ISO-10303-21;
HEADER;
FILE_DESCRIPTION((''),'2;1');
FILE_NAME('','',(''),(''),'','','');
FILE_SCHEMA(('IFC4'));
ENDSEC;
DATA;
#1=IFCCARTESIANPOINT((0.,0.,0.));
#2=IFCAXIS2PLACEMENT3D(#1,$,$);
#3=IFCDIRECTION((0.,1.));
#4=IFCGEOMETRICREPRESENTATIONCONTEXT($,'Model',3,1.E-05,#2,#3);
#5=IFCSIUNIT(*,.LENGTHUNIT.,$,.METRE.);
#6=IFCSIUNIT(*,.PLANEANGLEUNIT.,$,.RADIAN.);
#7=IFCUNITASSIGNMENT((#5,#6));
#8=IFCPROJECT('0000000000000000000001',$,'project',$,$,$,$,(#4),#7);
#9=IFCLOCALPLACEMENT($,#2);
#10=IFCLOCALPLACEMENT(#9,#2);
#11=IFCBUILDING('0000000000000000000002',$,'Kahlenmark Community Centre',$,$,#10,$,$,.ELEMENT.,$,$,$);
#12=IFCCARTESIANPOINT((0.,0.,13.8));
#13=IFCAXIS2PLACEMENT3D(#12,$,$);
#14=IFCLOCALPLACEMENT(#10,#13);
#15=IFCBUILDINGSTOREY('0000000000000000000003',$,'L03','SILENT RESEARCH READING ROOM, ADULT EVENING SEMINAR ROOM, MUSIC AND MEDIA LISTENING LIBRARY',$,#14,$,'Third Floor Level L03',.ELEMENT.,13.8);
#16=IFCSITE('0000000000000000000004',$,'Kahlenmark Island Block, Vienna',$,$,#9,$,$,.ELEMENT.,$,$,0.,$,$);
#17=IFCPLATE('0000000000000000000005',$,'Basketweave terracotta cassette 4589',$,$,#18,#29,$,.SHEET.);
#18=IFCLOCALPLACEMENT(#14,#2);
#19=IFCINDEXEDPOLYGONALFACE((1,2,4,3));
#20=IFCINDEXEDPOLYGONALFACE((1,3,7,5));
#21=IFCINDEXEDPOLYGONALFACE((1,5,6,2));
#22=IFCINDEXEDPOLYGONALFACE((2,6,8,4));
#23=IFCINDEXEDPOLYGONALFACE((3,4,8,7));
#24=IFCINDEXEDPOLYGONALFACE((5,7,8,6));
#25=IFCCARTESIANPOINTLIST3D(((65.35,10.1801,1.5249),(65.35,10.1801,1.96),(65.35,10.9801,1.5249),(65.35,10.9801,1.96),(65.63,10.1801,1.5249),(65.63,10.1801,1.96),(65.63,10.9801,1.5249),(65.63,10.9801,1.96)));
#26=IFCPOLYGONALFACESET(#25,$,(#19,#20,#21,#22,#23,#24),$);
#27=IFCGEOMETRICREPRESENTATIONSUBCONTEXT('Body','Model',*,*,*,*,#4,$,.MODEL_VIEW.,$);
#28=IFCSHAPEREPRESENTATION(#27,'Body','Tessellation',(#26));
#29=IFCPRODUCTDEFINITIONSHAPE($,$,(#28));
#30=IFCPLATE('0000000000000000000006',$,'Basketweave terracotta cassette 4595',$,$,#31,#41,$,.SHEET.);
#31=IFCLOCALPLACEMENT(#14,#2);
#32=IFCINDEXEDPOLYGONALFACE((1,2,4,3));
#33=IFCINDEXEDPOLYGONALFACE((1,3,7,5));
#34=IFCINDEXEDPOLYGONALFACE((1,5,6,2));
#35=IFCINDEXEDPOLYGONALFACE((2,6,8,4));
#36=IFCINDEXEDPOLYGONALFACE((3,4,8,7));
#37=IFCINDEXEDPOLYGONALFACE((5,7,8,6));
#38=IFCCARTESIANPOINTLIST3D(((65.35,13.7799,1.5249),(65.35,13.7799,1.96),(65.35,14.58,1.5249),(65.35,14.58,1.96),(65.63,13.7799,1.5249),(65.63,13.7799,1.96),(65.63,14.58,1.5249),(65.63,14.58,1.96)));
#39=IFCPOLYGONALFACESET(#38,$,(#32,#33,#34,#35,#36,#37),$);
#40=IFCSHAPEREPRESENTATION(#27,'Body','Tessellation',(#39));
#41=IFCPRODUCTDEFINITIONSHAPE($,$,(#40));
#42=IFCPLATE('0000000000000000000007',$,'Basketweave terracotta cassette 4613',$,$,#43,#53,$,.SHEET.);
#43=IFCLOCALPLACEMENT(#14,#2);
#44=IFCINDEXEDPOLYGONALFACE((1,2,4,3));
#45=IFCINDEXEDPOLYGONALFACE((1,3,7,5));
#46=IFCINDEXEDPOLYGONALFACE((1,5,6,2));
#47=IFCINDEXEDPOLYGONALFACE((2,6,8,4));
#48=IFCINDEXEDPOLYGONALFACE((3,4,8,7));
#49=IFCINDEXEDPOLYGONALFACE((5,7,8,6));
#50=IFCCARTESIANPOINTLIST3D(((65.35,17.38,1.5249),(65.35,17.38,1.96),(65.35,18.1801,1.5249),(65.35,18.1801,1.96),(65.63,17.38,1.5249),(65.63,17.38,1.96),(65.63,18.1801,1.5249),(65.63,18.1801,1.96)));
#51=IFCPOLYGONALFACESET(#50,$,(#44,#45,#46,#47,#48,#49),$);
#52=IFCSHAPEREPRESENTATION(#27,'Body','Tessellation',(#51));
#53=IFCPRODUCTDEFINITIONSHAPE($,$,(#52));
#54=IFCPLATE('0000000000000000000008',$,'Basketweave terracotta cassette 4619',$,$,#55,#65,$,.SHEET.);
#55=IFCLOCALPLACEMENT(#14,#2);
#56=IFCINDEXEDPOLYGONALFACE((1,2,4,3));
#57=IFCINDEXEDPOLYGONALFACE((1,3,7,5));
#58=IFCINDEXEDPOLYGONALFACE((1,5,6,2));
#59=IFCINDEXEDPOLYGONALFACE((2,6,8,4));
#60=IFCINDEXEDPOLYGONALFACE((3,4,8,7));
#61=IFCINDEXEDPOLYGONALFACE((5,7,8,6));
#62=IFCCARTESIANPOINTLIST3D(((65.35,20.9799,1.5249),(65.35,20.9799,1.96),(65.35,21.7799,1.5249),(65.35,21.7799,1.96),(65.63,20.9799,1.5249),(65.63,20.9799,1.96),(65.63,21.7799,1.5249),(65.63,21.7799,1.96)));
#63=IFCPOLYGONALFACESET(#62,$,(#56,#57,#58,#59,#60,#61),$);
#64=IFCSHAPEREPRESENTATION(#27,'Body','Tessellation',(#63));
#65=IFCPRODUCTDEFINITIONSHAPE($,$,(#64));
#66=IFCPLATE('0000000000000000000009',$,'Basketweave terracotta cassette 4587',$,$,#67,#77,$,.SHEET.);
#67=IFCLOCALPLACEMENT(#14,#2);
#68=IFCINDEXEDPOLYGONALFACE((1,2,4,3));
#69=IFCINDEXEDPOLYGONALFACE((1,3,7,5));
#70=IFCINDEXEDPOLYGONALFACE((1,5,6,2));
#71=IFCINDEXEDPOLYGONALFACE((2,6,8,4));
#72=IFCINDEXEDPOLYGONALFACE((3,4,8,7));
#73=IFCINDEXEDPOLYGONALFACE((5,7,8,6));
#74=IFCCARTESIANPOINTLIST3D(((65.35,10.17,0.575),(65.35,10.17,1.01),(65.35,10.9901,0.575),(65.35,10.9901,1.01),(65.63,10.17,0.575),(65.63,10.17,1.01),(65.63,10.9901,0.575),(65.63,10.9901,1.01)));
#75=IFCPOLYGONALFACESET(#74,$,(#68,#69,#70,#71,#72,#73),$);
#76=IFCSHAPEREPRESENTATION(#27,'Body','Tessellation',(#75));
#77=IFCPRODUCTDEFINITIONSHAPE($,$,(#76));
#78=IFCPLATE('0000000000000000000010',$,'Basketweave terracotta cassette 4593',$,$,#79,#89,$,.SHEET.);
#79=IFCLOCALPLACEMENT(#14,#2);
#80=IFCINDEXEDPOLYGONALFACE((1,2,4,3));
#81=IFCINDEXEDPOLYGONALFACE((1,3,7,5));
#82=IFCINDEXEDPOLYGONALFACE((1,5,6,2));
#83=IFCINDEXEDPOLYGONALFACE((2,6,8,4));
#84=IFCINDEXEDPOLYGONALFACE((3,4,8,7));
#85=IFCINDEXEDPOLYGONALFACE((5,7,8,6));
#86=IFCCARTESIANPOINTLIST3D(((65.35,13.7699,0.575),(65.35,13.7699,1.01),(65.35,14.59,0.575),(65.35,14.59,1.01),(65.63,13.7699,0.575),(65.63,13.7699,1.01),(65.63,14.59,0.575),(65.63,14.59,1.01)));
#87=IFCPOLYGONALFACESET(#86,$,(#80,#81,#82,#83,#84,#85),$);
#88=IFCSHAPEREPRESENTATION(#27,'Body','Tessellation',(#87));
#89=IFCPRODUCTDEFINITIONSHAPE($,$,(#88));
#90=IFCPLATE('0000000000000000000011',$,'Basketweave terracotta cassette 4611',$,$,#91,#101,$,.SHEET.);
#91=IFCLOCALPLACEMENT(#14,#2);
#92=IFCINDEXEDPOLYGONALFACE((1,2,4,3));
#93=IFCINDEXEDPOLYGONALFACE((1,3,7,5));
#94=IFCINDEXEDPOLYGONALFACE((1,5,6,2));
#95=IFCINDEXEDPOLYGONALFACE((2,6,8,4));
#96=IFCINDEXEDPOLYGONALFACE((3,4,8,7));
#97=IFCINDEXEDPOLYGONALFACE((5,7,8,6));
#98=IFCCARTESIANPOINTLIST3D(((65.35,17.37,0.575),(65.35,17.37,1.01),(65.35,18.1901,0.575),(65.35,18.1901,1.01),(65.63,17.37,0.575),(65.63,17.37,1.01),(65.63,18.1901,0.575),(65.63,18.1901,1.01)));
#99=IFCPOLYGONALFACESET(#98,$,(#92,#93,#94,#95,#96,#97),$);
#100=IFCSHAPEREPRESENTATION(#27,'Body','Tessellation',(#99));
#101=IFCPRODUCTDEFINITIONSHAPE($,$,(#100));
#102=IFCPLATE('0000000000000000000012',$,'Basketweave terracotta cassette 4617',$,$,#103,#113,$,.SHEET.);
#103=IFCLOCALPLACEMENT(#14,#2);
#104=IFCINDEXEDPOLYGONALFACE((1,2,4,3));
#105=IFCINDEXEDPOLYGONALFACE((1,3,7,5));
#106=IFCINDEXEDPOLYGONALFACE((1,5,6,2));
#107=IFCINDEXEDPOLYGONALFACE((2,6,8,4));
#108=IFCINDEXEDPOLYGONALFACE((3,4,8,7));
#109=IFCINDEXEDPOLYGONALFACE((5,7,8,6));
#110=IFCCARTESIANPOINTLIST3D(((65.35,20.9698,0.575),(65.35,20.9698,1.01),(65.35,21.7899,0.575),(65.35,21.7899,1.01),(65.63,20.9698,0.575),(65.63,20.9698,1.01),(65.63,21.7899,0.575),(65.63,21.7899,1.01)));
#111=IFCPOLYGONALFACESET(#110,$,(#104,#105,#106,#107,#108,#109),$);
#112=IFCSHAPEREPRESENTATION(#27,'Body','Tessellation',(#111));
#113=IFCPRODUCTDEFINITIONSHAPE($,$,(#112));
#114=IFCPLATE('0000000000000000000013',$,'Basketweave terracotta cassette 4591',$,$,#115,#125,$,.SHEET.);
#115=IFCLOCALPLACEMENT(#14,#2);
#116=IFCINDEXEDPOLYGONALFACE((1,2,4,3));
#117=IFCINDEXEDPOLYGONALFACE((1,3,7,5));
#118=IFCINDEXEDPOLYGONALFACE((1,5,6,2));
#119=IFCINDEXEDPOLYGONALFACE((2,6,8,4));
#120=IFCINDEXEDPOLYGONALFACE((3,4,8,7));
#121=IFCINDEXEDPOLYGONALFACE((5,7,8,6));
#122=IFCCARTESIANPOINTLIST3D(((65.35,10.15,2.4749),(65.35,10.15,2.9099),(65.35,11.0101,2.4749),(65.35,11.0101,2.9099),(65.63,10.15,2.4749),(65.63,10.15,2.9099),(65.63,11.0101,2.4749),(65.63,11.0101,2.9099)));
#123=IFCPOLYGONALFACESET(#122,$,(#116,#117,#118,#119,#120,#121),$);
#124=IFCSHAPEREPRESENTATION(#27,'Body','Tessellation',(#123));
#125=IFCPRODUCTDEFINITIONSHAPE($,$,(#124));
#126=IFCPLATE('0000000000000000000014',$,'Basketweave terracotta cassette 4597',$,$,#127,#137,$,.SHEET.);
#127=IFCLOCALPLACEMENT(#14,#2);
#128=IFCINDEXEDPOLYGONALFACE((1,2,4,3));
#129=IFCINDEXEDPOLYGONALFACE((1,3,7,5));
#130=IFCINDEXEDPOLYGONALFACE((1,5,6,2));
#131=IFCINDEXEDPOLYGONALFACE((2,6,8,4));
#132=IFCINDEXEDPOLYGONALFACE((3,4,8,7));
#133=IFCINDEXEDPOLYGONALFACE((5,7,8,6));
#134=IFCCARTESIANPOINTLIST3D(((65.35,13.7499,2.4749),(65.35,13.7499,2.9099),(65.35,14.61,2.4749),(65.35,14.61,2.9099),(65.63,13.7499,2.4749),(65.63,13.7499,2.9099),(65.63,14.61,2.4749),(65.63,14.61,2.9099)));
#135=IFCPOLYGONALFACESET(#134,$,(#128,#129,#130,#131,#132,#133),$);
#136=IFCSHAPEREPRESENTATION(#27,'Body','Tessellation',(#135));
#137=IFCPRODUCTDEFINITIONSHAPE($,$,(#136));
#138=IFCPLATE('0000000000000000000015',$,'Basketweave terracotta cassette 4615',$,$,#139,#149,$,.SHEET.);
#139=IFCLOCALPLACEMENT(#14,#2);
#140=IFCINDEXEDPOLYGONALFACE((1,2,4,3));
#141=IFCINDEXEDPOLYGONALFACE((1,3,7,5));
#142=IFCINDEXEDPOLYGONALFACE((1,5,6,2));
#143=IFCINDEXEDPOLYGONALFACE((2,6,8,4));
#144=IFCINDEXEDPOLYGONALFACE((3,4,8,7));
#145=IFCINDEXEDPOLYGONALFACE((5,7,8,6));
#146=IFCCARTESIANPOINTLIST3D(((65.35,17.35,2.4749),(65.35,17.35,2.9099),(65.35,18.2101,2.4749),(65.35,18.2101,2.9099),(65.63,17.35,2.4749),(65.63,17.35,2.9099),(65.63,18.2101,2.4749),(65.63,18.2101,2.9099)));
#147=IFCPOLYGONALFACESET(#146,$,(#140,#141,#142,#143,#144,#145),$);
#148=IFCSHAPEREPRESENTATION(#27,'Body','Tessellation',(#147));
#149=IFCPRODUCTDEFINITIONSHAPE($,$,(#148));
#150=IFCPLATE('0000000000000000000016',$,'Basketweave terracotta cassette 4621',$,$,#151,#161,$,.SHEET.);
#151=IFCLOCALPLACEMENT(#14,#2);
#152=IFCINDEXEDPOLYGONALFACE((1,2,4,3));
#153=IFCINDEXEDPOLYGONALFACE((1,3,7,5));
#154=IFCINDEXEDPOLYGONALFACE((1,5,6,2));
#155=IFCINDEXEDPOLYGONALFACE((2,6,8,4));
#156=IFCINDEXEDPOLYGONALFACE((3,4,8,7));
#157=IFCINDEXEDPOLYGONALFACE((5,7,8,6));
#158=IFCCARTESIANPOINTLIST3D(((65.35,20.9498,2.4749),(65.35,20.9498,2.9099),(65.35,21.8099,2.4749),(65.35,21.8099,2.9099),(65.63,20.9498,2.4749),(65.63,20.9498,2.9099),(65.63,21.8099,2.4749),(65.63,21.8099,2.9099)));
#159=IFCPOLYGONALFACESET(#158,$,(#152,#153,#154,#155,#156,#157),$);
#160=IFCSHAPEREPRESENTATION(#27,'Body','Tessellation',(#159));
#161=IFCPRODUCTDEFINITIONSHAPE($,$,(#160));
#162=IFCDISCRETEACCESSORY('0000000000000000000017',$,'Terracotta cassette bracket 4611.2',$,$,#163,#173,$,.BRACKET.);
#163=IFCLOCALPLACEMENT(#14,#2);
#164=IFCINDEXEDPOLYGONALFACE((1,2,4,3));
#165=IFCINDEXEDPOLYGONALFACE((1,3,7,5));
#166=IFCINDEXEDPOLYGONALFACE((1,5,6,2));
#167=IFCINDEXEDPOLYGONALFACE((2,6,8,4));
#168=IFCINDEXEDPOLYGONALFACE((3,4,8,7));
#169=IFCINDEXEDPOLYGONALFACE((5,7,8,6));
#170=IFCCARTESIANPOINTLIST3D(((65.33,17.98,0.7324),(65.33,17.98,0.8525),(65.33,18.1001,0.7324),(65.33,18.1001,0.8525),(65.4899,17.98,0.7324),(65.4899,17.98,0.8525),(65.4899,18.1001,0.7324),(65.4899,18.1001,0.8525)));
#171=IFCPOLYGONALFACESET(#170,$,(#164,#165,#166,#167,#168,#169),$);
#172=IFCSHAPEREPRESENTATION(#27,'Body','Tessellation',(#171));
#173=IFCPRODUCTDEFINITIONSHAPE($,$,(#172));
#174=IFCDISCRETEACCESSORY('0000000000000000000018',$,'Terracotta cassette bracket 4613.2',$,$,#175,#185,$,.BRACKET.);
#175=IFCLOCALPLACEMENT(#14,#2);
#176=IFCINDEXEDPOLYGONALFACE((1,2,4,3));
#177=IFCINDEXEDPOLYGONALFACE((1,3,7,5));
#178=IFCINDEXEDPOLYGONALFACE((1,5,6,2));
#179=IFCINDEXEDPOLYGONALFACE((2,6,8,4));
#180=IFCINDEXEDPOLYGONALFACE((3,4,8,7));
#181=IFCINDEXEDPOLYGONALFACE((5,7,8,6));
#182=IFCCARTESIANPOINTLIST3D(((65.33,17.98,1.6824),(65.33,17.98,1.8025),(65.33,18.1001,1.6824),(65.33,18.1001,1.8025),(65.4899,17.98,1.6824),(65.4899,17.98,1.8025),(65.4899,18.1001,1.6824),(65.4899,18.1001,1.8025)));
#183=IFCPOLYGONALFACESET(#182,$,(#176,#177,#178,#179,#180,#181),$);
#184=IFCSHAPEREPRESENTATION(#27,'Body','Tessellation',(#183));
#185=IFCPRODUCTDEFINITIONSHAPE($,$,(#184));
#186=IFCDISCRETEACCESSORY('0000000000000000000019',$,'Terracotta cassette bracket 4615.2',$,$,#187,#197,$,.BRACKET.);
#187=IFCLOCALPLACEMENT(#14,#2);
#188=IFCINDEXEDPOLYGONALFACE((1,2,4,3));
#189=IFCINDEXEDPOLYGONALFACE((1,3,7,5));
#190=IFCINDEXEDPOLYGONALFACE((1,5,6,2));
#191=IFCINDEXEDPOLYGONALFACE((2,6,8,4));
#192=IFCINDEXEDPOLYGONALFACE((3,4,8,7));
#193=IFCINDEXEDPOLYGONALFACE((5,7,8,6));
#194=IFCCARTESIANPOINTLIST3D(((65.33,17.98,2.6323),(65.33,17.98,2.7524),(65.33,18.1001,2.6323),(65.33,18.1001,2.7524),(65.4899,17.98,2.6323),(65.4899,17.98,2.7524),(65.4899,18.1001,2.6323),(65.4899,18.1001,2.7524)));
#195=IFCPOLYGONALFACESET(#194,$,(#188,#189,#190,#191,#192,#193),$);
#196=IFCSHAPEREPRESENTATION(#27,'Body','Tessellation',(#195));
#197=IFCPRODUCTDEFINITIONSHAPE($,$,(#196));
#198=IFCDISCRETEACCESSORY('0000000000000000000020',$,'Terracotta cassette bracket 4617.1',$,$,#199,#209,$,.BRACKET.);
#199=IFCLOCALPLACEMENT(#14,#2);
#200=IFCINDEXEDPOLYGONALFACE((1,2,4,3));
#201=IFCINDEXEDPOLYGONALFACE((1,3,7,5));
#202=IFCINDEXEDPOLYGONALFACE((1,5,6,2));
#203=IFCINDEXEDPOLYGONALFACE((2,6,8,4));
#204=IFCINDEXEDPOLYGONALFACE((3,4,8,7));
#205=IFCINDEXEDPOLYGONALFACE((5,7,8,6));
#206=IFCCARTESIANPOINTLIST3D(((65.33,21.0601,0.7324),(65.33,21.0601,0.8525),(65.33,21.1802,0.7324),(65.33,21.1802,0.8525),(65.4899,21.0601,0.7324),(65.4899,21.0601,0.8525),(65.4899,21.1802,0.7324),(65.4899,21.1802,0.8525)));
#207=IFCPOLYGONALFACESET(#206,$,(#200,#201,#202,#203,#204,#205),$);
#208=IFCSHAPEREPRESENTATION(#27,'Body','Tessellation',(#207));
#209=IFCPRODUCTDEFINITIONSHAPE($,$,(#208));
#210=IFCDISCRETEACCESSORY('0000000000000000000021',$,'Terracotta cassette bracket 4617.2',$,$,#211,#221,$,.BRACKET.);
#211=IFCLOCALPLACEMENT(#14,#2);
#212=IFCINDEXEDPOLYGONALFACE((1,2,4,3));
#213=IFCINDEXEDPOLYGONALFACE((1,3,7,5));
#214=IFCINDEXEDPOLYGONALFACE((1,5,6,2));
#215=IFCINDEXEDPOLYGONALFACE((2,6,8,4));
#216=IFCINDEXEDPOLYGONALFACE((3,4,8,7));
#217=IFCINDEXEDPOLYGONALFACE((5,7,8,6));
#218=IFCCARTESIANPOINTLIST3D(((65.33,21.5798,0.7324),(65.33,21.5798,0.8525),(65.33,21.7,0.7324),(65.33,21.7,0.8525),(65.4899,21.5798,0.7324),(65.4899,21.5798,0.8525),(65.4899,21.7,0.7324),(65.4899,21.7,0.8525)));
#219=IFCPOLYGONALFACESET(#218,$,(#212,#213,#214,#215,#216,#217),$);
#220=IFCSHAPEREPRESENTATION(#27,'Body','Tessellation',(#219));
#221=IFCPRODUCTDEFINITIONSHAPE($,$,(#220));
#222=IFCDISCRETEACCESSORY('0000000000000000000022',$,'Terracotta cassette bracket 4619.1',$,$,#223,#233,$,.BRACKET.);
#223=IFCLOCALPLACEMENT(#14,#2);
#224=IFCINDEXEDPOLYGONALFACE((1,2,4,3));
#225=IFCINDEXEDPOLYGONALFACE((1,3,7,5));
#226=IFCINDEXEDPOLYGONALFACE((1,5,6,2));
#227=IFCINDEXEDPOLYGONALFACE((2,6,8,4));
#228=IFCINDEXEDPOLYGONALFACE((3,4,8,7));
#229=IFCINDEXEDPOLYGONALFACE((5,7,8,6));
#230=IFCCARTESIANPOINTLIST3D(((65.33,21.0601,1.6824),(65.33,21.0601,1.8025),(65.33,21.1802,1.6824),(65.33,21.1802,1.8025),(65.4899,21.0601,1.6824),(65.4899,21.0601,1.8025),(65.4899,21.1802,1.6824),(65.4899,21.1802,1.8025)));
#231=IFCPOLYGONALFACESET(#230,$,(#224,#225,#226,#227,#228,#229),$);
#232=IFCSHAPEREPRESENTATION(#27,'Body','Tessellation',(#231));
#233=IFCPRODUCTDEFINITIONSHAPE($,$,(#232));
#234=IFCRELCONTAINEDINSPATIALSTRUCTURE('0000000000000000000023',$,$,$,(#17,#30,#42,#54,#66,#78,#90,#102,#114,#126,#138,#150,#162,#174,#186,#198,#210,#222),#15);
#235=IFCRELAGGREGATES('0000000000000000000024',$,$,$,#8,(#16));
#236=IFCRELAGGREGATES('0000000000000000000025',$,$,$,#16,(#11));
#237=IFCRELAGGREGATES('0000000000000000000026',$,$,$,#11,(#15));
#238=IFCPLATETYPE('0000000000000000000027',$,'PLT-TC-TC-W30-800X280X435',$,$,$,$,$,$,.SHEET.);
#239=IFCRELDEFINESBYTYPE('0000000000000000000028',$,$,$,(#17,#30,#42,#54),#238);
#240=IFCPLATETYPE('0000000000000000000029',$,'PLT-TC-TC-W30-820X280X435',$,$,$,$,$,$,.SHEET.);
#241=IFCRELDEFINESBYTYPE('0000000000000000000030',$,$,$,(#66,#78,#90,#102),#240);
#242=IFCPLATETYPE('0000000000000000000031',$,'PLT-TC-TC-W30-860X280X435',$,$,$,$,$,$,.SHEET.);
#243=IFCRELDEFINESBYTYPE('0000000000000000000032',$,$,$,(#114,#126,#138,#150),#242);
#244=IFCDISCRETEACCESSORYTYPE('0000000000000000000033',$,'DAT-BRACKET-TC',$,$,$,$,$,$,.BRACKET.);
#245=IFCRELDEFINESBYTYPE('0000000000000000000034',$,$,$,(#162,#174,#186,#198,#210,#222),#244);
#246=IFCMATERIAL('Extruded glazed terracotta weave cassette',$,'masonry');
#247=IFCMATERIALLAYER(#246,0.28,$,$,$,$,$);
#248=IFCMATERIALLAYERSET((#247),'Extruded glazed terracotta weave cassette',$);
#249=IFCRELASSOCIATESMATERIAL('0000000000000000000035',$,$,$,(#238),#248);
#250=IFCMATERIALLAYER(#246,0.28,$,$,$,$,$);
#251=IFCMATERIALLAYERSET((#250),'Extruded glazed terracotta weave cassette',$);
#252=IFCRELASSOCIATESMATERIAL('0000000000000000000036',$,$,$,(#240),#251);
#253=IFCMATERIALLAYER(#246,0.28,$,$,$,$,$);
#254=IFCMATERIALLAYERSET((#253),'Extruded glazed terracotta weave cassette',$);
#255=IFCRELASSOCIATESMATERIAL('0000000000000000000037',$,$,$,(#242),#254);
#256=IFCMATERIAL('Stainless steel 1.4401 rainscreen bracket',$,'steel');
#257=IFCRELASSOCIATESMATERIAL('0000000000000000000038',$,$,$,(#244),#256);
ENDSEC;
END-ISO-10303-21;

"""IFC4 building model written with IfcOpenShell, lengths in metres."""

from ifc_helpers import new_model, si_unit, direction, frame, origin, origin_2d, place, context, subcontext, project, spatial, rectangle, extrude, material, layer, layer_set, type_object, element, save


model = new_model("IFC4")

# Units and contexts
model_context = context("Model", 3, precision=1e-05, world=origin(), true_north=direction((0.0, 1.0)))
body_context = subcontext(model_context, "Body", "Model", "MODEL_VIEW")
ifc_project = project(units=[si_unit("LENGTHUNIT", "METRE"), si_unit("PLANEANGLEUNIT", "RADIAN")], contexts=[model_context])

# Site, building, storey
site_placement = place(None, origin())
site = spatial("IfcSite", under=ifc_project, at=site_placement, Name="Kahlenmark Island Block, Vienna", CompositionType="ELEMENT", RefElevation=0.0)
building_placement = place(site_placement, origin())
building = spatial("IfcBuilding", under=site, at=building_placement, Name="Kahlenmark Community Centre", CompositionType="ELEMENT")
storey_placement = place(building_placement, frame((0.0, 0.0, 13.8)))
storey = spatial("IfcBuildingStorey", under=building, at=storey_placement, Name="L03", Description="SILENT RESEARCH READING ROOM, ADULT EVENING SEMINAR ROOM, MUSIC AND MEDIA LISTENING LIBRARY", LongName="Third Floor Level L03", CompositionType="ELEMENT", Elevation=13.8)

# Plates
ifc_material_1 = material(Name="Extruded glazed terracotta weave cassette", Category="masonry")
ifc_layer_1 = layer(ifc_material_1, 0.28)
ifc_layer_set_1 = layer_set([ifc_layer_1], Name="Extruded glazed terracotta weave cassette")
plate_type_1 = type_object("IfcPlateType", Name="PLT-TC-TC-W30-800X280X435", PredefinedType="SHEET", material=ifc_layer_set_1)
for number, where, z_axis, x_axis, name in (
    (1, (65.49, 10.5801, 1.5249), (0.0, 0.0, 1.0), (0.0, 1.0, 0.0), "Basketweave terracotta cassette 4589"),
    (2, (65.49, 14.1799, 1.5249), (0.0, 0.0, 1.0), (0.0, 1.0, 0.0), "Basketweave terracotta cassette 4595"),
    (3, (65.49, 17.78, 1.5249), (0.0, 0.0, 1.0), (0.0, 1.0, 0.0), "Basketweave terracotta cassette 4613"),
    (4, (65.49, 21.3799, 1.5249), (0.0, 0.0, 1.0), (0.0, 1.0, 0.0), "Basketweave terracotta cassette 4619"),
):
    element("IfcPlate", number, at=place(storey_placement, frame(where, z_axis=z_axis, x_axis=x_axis)), inside=storey, type_object=plate_type_1, Name=name, PredefinedType="SHEET", context=body_context, shape_type="SweptSolid", body=[
        extrude(rectangle(XDim=0.8, YDim=0.28, at=origin_2d()), origin(), (0.0, 0.0, 1.0), 0.4351),
    ])
ifc_layer_2 = layer(ifc_material_1, 0.28)
ifc_layer_set_2 = layer_set([ifc_layer_2], Name="Extruded glazed terracotta weave cassette")
plate_type_2 = type_object("IfcPlateType", Name="PLT-TC-TC-W30-820X280X435", PredefinedType="SHEET", material=ifc_layer_set_2)
for number, where, z_axis, x_axis, name in (
    (5, (65.49, 10.5801, 0.575), (0.0, 0.0, 1.0), (0.0, 1.0, 0.0), "Basketweave terracotta cassette 4587"),
    (6, (65.49, 14.1799, 0.575), (0.0, 0.0, 1.0), (0.0, 1.0, 0.0), "Basketweave terracotta cassette 4593"),
    (7, (65.49, 17.78, 0.575), (0.0, 0.0, 1.0), (0.0, 1.0, 0.0), "Basketweave terracotta cassette 4611"),
    (8, (65.49, 21.3799, 0.575), (0.0, 0.0, 1.0), (0.0, 1.0, 0.0), "Basketweave terracotta cassette 4617"),
):
    element("IfcPlate", number, at=place(storey_placement, frame(where, z_axis=z_axis, x_axis=x_axis)), inside=storey, type_object=plate_type_2, Name=name, PredefinedType="SHEET", context=body_context, shape_type="SweptSolid", body=[
        extrude(rectangle(XDim=0.8201, YDim=0.28, at=origin_2d()), origin(), (0.0, 0.0, 1.0), 0.4351),
    ])
ifc_layer_3 = layer(ifc_material_1, 0.28)
ifc_layer_set_3 = layer_set([ifc_layer_3], Name="Extruded glazed terracotta weave cassette")
plate_type_3 = type_object("IfcPlateType", Name="PLT-TC-TC-W30-860X280X435", PredefinedType="SHEET", material=ifc_layer_set_3)
for number, where, z_axis, x_axis, name in (
    (9, (65.49, 10.5801, 2.4749), (0.0, 0.0, 1.0), (0.0, 1.0, 0.0), "Basketweave terracotta cassette 4591"),
    (10, (65.49, 14.1799, 2.4749), (0.0, 0.0, 1.0), (0.0, 1.0, 0.0), "Basketweave terracotta cassette 4597"),
    (11, (65.49, 17.78, 2.4749), (0.0, 0.0, 1.0), (0.0, 1.0, 0.0), "Basketweave terracotta cassette 4615"),
    (12, (65.49, 21.3799, 2.4749), (0.0, 0.0, 1.0), (0.0, 1.0, 0.0), "Basketweave terracotta cassette 4621"),
):
    element("IfcPlate", number, at=place(storey_placement, frame(where, z_axis=z_axis, x_axis=x_axis)), inside=storey, type_object=plate_type_3, Name=name, PredefinedType="SHEET", context=body_context, shape_type="SweptSolid", body=[
        extrude(rectangle(XDim=0.8601, YDim=0.28, at=origin_2d()), origin(), (0.0, 0.0, 1.0), 0.4351),
    ])

# Discrete accessories
ifc_material_2 = material(Name="Stainless steel 1.4401 rainscreen bracket", Category="steel")
discrete_accessory_type = type_object("IfcDiscreteAccessoryType", Name="DAT-BRACKET-TC", PredefinedType="BRACKET", material=ifc_material_2)
for number, where, z_axis, x_axis, name in (
    (13, (65.4099, 18.04, 0.7324), (0.0, 0.0, 1.0), (0.0, 1.0, 0.0), "Terracotta cassette bracket 4611.2"),
    (14, (65.4099, 18.04, 1.6824), (0.0, 0.0, 1.0), (0.0, 1.0, 0.0), "Terracotta cassette bracket 4613.2"),
    (15, (65.4099, 18.04, 2.6323), (0.0, 0.0, 1.0), (0.0, 1.0, 0.0), "Terracotta cassette bracket 4615.2"),
    (16, (65.4099, 21.1201, 0.7324), (0.0, 0.0, 1.0), (0.0, 1.0, 0.0), "Terracotta cassette bracket 4617.1"),
    (17, (65.4099, 21.6399, 0.7324), (0.0, 0.0, 1.0), (0.0, 1.0, 0.0), "Terracotta cassette bracket 4617.2"),
    (18, (65.4099, 21.1201, 1.6824), (0.0, 0.0, 1.0), (0.0, 1.0, 0.0), "Terracotta cassette bracket 4619.1"),
):
    element("IfcDiscreteAccessory", number, at=place(storey_placement, frame(where, z_axis=z_axis, x_axis=x_axis)), inside=storey, type_object=discrete_accessory_type, Name=name, PredefinedType="BRACKET", context=body_context, shape_type="SweptSolid", body=[
        extrude(rectangle(XDim=0.1201, YDim=0.1599, at=origin_2d()), origin(), (0.0, 0.0, 1.0), 0.1201),
    ])

save(model, "model.ifc")
